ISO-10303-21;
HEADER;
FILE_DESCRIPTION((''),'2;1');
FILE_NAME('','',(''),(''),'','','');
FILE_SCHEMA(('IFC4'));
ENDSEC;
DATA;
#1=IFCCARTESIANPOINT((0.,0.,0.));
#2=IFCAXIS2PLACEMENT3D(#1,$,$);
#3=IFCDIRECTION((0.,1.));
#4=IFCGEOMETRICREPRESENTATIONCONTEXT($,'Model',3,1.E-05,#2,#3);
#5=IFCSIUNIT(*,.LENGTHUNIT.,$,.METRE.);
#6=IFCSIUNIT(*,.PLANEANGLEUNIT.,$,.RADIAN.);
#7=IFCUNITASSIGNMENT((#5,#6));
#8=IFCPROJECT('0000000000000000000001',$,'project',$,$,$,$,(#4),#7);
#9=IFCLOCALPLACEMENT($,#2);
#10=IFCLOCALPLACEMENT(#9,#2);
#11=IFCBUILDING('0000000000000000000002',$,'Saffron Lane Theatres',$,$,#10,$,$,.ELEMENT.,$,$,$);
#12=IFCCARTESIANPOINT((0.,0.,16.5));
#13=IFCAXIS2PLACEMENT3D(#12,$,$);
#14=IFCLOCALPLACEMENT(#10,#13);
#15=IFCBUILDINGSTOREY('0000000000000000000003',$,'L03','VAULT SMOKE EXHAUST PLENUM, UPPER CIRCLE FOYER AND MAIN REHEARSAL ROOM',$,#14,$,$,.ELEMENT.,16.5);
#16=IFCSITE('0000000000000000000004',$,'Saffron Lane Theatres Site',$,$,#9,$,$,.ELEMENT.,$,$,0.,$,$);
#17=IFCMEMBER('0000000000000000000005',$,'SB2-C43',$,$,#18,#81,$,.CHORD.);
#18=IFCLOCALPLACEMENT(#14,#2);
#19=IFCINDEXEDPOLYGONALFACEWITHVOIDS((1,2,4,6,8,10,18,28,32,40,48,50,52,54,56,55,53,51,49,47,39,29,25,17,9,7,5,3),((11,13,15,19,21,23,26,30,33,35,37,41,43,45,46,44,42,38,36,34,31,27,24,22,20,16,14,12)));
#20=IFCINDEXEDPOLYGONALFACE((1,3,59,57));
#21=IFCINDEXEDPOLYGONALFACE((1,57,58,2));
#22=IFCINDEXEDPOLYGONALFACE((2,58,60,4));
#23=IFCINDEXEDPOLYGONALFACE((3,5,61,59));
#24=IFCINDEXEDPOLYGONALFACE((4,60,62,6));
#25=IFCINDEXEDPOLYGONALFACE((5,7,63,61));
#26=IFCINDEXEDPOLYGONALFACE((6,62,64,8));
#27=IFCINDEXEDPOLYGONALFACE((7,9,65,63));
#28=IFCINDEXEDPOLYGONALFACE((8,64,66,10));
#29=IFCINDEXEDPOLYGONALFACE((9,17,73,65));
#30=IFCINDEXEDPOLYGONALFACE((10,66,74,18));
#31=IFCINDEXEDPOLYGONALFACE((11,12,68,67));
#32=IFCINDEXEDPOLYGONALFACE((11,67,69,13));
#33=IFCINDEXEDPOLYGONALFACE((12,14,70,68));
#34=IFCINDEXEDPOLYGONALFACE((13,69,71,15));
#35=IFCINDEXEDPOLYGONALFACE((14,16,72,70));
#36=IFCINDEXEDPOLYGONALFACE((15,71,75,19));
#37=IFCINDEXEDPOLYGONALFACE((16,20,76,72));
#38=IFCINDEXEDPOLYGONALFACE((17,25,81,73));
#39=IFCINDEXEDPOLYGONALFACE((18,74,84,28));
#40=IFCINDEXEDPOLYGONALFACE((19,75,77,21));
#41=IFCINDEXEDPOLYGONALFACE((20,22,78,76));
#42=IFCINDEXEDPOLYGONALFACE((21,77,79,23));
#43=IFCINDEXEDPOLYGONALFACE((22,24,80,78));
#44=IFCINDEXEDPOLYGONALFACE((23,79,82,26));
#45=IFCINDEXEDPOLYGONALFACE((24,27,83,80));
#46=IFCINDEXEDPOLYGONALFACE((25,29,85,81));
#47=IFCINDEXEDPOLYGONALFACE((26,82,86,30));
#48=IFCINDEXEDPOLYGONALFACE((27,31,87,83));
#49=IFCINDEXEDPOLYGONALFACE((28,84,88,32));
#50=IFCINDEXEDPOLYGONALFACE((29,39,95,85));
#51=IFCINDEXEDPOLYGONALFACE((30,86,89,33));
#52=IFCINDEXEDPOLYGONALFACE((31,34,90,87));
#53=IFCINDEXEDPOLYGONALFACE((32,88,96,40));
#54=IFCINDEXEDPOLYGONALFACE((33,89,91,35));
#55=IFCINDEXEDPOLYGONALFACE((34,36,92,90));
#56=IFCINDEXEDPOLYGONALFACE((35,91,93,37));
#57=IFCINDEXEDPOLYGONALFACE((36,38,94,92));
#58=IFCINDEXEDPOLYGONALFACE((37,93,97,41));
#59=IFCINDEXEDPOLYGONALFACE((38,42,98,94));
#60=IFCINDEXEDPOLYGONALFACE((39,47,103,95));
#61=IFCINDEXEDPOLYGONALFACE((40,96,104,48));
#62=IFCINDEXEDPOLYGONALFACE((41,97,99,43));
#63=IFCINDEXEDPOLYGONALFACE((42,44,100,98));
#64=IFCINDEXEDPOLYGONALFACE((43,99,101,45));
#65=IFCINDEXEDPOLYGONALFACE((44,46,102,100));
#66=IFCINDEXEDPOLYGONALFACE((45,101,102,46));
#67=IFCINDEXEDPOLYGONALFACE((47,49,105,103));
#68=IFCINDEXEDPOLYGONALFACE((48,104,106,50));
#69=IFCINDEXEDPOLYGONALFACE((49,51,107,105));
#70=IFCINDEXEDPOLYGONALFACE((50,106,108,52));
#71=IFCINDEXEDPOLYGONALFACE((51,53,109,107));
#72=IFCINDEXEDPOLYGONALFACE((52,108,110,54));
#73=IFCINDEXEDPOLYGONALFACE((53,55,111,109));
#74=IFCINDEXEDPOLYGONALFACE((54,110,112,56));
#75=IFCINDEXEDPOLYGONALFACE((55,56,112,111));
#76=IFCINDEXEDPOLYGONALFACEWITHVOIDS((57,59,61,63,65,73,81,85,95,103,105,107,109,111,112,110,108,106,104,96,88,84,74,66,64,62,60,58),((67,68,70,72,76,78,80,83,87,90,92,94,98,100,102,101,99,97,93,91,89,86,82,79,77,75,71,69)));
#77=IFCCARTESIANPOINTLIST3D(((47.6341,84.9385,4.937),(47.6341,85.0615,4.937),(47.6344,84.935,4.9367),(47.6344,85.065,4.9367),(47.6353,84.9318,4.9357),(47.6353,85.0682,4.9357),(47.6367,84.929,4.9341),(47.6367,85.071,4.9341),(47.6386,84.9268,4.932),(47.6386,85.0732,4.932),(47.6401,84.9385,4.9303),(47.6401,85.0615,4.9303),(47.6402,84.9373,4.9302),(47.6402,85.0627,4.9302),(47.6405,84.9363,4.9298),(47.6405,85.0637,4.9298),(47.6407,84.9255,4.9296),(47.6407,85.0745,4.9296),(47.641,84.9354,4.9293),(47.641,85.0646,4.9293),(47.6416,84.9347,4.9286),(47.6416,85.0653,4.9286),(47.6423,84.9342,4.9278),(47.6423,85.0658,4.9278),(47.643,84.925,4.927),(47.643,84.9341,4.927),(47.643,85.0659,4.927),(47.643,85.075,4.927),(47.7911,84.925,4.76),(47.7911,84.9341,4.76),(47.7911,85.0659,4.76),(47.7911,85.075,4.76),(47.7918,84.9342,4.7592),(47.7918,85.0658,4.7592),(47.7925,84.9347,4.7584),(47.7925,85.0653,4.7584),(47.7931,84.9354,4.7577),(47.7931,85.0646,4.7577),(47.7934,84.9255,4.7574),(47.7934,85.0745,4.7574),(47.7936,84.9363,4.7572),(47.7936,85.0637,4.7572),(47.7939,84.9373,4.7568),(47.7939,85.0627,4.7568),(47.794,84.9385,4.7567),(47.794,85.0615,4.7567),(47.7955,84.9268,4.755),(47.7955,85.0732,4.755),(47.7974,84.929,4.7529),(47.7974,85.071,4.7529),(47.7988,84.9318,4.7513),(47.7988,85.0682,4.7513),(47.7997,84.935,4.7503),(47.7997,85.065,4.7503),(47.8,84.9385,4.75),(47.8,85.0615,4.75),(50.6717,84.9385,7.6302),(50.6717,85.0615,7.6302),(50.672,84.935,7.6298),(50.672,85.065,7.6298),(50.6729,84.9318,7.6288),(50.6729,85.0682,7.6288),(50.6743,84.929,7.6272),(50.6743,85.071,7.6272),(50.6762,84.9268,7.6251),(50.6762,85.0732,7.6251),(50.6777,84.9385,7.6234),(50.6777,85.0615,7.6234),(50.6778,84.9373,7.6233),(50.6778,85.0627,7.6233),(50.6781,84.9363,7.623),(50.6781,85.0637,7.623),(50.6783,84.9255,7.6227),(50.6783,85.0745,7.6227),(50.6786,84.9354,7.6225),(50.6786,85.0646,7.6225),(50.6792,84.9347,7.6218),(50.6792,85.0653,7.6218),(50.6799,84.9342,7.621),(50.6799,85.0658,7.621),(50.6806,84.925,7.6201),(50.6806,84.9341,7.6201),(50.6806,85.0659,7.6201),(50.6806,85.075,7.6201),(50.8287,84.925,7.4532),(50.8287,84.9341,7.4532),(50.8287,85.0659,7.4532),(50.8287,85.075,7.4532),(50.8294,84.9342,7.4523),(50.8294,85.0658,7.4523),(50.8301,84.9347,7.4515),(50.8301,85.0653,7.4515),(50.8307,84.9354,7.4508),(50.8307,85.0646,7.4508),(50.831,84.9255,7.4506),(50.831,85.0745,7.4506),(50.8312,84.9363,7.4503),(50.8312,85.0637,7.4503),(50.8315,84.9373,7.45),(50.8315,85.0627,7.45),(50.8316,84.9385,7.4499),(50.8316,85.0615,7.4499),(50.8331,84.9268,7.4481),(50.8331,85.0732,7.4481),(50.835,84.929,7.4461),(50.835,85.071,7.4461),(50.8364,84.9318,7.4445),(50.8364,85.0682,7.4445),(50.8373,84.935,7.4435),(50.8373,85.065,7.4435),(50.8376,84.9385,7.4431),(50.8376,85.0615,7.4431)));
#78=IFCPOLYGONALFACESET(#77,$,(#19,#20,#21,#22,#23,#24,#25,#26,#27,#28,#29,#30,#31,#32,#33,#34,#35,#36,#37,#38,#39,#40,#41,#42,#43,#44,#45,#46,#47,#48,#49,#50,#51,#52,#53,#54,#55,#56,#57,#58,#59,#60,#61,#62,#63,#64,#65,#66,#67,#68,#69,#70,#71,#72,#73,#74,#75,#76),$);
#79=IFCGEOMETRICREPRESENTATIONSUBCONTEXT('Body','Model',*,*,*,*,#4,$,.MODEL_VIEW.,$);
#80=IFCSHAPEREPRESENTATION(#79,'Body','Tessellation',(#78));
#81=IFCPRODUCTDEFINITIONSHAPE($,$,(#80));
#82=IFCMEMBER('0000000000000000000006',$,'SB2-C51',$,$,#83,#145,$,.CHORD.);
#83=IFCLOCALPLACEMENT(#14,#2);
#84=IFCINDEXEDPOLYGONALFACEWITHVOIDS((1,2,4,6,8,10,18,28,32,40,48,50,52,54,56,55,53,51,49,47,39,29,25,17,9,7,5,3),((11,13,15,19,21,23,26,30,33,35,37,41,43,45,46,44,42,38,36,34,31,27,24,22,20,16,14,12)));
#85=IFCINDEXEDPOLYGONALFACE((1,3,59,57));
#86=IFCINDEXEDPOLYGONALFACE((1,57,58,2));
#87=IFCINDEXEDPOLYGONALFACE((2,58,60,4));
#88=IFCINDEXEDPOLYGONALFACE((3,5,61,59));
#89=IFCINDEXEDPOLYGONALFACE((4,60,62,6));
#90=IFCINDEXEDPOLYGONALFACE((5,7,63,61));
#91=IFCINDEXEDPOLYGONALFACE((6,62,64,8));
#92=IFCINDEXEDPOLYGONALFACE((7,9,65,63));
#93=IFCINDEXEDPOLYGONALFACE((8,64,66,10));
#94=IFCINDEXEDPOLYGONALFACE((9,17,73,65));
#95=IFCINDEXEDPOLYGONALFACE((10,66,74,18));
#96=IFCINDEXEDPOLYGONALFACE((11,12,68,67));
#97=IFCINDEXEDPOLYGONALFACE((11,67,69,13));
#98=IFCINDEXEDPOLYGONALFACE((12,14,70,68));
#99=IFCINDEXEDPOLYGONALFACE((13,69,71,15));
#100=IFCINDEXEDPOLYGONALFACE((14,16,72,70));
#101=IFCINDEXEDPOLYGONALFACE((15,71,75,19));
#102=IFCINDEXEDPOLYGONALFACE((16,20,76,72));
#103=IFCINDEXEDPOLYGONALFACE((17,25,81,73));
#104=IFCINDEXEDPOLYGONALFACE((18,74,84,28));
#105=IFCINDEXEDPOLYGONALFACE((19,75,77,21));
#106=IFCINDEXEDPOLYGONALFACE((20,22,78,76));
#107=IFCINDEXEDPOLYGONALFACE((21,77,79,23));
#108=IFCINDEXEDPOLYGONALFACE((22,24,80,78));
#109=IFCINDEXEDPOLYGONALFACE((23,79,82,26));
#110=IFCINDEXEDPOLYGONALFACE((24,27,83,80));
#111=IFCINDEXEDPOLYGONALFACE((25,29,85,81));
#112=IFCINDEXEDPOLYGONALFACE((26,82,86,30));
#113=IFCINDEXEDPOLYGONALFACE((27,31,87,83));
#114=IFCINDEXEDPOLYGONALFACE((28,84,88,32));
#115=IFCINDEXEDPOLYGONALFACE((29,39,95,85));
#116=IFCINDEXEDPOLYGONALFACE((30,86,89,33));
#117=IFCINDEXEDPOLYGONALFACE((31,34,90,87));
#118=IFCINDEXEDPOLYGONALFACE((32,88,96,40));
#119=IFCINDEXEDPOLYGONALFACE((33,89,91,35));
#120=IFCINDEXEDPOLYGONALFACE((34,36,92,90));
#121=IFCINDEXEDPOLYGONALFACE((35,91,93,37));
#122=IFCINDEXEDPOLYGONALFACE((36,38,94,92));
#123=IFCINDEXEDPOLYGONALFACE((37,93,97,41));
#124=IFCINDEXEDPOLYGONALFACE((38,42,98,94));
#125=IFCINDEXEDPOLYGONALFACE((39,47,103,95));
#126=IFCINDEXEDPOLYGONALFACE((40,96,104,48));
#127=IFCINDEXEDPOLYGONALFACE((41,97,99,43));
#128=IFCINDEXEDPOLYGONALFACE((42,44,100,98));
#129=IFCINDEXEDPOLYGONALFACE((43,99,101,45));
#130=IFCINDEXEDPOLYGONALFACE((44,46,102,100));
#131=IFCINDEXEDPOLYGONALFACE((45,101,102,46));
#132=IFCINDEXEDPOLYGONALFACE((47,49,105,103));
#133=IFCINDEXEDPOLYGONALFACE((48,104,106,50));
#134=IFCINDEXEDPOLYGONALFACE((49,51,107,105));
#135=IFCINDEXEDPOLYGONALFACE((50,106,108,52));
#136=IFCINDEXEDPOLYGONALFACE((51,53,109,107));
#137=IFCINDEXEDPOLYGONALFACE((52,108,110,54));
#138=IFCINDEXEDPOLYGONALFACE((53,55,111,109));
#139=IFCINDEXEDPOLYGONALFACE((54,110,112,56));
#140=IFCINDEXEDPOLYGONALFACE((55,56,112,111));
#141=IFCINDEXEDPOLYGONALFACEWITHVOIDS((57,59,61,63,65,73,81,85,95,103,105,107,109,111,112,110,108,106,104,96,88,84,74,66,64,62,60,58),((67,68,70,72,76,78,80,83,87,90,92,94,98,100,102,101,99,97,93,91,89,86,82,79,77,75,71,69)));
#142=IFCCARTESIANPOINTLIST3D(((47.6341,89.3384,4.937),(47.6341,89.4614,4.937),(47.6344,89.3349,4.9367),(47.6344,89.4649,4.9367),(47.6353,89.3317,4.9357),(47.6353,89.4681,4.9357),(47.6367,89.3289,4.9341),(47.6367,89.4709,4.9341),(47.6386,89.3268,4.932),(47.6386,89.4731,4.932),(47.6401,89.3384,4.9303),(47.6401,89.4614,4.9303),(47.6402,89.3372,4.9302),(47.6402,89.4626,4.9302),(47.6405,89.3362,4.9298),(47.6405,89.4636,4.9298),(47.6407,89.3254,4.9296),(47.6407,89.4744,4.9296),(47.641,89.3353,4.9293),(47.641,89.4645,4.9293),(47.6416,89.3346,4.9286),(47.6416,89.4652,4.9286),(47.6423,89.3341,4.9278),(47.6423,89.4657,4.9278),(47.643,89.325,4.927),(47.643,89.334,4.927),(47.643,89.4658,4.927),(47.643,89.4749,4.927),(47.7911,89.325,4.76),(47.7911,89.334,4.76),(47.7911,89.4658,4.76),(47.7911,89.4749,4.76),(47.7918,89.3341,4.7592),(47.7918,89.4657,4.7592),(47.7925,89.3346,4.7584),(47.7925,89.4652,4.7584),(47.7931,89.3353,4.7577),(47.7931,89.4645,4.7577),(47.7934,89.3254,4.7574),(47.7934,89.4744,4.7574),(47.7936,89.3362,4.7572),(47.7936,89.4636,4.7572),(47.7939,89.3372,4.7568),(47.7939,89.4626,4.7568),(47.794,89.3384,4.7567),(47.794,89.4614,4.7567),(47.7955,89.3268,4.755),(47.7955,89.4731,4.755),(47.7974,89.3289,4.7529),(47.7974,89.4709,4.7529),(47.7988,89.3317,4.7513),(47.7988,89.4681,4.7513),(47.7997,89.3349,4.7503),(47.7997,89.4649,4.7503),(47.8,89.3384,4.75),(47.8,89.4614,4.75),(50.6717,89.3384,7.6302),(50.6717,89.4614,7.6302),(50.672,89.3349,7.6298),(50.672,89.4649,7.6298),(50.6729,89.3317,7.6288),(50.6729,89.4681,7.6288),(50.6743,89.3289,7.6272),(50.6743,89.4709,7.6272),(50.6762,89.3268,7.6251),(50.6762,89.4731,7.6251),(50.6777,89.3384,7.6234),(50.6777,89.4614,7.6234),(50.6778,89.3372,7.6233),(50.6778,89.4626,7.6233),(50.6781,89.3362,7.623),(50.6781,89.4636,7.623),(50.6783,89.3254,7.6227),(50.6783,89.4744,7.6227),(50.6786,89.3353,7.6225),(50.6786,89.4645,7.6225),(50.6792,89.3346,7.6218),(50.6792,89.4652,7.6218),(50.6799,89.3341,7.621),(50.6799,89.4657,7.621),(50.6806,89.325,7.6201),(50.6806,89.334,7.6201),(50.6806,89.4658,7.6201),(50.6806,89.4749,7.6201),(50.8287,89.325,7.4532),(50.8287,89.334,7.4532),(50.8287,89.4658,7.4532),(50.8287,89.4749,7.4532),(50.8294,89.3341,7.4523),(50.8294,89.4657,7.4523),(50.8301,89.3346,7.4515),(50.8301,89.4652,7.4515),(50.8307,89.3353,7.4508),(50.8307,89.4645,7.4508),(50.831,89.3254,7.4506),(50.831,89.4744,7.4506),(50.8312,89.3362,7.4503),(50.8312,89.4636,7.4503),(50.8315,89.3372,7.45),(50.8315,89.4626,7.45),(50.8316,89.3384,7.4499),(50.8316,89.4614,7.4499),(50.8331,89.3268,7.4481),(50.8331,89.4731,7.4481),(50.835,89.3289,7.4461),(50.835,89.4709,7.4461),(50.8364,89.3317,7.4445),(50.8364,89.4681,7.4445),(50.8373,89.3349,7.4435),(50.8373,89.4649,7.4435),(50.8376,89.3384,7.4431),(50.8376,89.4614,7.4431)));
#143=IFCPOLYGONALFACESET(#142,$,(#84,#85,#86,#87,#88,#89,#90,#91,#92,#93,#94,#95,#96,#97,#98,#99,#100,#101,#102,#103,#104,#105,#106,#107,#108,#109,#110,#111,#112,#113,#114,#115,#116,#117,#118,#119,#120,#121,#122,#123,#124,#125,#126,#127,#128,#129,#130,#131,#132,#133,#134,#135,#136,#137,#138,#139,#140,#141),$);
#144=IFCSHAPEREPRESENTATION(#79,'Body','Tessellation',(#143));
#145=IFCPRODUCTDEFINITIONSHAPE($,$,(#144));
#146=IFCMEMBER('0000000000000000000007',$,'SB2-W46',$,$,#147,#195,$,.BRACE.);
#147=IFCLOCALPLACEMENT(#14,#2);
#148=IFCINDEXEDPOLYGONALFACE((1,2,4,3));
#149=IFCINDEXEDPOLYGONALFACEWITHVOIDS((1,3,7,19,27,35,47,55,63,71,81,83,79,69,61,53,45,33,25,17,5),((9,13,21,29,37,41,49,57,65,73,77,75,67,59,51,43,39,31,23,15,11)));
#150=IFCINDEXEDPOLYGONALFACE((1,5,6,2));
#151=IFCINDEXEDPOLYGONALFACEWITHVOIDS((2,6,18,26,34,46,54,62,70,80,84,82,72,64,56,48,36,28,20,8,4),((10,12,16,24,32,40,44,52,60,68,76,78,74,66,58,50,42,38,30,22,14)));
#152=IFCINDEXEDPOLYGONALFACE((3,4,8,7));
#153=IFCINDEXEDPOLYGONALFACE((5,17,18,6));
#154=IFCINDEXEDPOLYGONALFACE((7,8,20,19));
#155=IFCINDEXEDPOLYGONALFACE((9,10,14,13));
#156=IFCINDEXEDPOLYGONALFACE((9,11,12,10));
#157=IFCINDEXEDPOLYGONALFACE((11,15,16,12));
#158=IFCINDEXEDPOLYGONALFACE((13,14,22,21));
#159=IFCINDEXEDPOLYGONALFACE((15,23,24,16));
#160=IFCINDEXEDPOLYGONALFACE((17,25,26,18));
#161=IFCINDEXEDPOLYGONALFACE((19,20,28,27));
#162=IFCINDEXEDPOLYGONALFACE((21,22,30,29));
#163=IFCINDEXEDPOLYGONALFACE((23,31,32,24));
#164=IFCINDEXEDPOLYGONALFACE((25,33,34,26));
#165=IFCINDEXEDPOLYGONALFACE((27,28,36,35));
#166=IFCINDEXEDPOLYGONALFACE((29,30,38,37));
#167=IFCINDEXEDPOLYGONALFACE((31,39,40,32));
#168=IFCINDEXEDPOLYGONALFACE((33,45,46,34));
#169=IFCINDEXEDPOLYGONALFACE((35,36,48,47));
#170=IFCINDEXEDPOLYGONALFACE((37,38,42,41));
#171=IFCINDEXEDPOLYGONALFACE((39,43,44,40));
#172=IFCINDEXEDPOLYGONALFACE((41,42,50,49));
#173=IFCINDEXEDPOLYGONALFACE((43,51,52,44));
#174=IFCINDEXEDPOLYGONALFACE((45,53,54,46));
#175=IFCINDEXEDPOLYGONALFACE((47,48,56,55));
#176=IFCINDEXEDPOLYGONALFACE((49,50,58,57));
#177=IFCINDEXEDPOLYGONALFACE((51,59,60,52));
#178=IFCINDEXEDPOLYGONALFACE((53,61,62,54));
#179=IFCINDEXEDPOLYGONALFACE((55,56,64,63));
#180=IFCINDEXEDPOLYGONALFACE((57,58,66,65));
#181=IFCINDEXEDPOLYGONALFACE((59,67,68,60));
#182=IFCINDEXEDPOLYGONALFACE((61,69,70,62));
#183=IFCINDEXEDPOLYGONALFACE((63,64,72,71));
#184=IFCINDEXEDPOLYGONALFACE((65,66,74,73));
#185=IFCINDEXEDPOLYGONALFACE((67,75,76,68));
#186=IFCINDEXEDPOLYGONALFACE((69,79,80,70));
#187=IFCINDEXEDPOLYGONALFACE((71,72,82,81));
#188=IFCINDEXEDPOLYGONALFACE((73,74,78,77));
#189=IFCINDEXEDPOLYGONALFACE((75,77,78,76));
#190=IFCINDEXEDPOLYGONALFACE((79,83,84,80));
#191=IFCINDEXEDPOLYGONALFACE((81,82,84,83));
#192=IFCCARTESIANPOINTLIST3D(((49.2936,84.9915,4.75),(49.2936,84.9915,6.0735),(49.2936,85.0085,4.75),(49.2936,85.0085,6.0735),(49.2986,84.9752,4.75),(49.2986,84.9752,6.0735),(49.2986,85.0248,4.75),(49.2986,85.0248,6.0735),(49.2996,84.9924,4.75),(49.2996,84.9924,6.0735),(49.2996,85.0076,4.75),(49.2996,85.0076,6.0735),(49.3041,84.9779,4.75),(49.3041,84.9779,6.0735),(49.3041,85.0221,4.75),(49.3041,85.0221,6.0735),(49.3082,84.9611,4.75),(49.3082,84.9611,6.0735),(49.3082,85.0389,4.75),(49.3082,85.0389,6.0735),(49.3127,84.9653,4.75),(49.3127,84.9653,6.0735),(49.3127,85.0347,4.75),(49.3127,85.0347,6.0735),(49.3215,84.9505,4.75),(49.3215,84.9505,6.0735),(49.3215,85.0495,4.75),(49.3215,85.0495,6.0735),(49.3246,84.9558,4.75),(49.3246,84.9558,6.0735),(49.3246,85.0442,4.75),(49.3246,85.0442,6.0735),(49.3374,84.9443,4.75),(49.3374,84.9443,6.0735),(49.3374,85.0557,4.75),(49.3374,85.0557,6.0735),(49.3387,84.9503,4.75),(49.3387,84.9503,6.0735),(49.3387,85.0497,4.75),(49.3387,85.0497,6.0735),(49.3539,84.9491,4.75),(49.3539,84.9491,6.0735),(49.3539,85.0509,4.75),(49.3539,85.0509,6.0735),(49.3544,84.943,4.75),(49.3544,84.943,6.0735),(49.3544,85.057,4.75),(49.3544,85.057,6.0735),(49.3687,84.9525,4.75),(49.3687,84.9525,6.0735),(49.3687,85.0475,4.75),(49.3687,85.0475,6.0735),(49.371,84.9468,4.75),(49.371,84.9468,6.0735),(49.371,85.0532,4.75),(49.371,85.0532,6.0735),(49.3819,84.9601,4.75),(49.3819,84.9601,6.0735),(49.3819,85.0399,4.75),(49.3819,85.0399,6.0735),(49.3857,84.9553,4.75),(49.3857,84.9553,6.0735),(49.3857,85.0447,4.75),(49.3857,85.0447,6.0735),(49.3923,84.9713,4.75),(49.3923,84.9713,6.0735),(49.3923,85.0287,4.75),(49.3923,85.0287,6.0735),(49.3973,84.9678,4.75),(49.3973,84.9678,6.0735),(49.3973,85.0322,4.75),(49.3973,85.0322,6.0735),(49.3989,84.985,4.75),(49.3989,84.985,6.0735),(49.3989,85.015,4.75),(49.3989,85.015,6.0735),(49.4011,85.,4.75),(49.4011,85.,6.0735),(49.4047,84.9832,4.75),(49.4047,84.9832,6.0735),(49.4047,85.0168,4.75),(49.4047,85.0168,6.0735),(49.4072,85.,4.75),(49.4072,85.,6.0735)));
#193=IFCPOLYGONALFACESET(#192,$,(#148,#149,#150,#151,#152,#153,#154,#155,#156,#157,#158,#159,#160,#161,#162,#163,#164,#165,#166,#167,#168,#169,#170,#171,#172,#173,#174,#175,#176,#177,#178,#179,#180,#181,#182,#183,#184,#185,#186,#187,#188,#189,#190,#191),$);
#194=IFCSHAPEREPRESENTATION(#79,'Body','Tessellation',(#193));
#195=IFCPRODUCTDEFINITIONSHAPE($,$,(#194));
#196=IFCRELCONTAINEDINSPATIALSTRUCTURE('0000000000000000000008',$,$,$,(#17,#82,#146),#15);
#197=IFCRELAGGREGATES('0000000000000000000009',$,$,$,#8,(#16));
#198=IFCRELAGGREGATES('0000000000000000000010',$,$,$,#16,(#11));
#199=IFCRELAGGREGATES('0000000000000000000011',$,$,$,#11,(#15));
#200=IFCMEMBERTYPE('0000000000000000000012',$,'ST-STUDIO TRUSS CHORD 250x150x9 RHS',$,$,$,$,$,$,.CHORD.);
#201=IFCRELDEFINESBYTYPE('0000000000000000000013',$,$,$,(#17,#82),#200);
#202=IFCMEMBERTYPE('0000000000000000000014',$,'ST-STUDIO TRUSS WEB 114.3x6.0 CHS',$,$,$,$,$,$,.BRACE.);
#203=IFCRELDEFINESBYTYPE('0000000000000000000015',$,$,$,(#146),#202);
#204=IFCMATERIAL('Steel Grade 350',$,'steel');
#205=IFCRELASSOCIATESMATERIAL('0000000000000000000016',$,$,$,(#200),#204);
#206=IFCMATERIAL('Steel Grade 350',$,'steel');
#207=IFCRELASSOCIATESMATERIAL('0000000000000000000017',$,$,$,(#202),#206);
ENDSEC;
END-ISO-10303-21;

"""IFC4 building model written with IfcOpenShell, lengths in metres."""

from ifc_helpers import new_model, si_unit, direction, frame, origin, origin_2d, place, context, subcontext, project, spatial, hollow_rectangle, hollow_circle, extrude, material, material_profile, profile_set, type_object, element, save


model = new_model("IFC4")

# Units and contexts
model_context = context("Model", 3, precision=1e-05, world=origin(), true_north=direction((0.0, 1.0)))
body_context = subcontext(model_context, "Body", "Model", "MODEL_VIEW")
ifc_project = project(units=[si_unit("LENGTHUNIT", "METRE"), si_unit("PLANEANGLEUNIT", "RADIAN")], contexts=[model_context])

# Site, building, storey
site_placement = place(None, origin())
site = spatial("IfcSite", under=ifc_project, at=site_placement, Name="Saffron Lane Theatres Site", CompositionType="ELEMENT", RefElevation=0.0)
building_placement = place(site_placement, origin())
building = spatial("IfcBuilding", under=site, at=building_placement, Name="Saffron Lane Theatres", CompositionType="ELEMENT")
storey_placement = place(building_placement, frame((0.0, 0.0, 16.5)))
storey = spatial("IfcBuildingStorey", under=building, at=storey_placement, Name="L03", Description="VAULT SMOKE EXHAUST PLENUM, UPPER CIRCLE FOYER AND MAIN REHEARSAL ROOM", CompositionType="ELEMENT", Elevation=16.5)

# Members
ifc_material_1 = material(Name="Steel Grade 350", Category="steel")
ifc_material_profile_1 = material_profile(ifc_material_1, hollow_rectangle(XDim=0.1499, YDim=0.25, WallThickness=0.009, InnerFilletRadius=0.0044, OuterFilletRadius=0.0134, at=origin_2d()))
ifc_profile_set_1 = profile_set([ifc_material_profile_1], Name="Steel Grade 350")
member_type_1 = type_object("IfcMemberType", Name="ST-STUDIO TRUSS CHORD 250x150x9 RHS", PredefinedType="CHORD", material=ifc_profile_set_1)
for number, where, z_axis, x_axis, name in (
    (1, (47.717, 85.0, 4.8435), (0.748261, 0.0, 0.663404), (0.0, 1.0, 0.0), "SB2-C43"),
    (2, (47.717, 89.3999, 4.8435), (0.748261, 0.0, 0.663404), (0.0, 1.0, 0.0), "SB2-C51"),
):
    element("IfcMember", number, at=place(storey_placement, frame(where, z_axis=z_axis, x_axis=x_axis)), inside=storey, type_object=member_type_1, Name=name, PredefinedType="CHORD", context=body_context, shape_type="SweptSolid", body=[
        extrude(hollow_rectangle(XDim=0.1499, YDim=0.25, WallThickness=0.009, InnerFilletRadius=0.0044, OuterFilletRadius=0.0134, at=origin_2d()), origin(), (0.0, 0.0, 1.0), 4.0596),
    ])
ifc_material_2 = material(Name="Steel Grade 350", Category="steel")
ifc_material_profile_2 = material_profile(ifc_material_2, hollow_circle(Radius=0.0571, WallThickness=0.0061, at=origin_2d()))
ifc_profile_set_2 = profile_set([ifc_material_profile_2], Name="Steel Grade 350")
member_type_2 = type_object("IfcMemberType", Name="ST-STUDIO TRUSS WEB 114.3x6.0 CHS", PredefinedType="BRACE", material=ifc_profile_set_2)
for number, where, z_axis, x_axis, name in (
    (3, (49.3501, 85.0, 4.75), (0.0, 0.0, 1.0), (1.0, 0.0, 0.0), "SB2-W46"),
):
    element("IfcMember", number, at=place(storey_placement, frame(where, z_axis=z_axis, x_axis=x_axis)), inside=storey, type_object=member_type_2, Name=name, PredefinedType="BRACE", context=body_context, shape_type="SweptSolid", body=[
        extrude(hollow_circle(Radius=0.0571, WallThickness=0.0061, at=origin_2d()), origin(), (0.0, 0.0, 1.0), 1.3235),
    ])

save(model, "model.ifc")
